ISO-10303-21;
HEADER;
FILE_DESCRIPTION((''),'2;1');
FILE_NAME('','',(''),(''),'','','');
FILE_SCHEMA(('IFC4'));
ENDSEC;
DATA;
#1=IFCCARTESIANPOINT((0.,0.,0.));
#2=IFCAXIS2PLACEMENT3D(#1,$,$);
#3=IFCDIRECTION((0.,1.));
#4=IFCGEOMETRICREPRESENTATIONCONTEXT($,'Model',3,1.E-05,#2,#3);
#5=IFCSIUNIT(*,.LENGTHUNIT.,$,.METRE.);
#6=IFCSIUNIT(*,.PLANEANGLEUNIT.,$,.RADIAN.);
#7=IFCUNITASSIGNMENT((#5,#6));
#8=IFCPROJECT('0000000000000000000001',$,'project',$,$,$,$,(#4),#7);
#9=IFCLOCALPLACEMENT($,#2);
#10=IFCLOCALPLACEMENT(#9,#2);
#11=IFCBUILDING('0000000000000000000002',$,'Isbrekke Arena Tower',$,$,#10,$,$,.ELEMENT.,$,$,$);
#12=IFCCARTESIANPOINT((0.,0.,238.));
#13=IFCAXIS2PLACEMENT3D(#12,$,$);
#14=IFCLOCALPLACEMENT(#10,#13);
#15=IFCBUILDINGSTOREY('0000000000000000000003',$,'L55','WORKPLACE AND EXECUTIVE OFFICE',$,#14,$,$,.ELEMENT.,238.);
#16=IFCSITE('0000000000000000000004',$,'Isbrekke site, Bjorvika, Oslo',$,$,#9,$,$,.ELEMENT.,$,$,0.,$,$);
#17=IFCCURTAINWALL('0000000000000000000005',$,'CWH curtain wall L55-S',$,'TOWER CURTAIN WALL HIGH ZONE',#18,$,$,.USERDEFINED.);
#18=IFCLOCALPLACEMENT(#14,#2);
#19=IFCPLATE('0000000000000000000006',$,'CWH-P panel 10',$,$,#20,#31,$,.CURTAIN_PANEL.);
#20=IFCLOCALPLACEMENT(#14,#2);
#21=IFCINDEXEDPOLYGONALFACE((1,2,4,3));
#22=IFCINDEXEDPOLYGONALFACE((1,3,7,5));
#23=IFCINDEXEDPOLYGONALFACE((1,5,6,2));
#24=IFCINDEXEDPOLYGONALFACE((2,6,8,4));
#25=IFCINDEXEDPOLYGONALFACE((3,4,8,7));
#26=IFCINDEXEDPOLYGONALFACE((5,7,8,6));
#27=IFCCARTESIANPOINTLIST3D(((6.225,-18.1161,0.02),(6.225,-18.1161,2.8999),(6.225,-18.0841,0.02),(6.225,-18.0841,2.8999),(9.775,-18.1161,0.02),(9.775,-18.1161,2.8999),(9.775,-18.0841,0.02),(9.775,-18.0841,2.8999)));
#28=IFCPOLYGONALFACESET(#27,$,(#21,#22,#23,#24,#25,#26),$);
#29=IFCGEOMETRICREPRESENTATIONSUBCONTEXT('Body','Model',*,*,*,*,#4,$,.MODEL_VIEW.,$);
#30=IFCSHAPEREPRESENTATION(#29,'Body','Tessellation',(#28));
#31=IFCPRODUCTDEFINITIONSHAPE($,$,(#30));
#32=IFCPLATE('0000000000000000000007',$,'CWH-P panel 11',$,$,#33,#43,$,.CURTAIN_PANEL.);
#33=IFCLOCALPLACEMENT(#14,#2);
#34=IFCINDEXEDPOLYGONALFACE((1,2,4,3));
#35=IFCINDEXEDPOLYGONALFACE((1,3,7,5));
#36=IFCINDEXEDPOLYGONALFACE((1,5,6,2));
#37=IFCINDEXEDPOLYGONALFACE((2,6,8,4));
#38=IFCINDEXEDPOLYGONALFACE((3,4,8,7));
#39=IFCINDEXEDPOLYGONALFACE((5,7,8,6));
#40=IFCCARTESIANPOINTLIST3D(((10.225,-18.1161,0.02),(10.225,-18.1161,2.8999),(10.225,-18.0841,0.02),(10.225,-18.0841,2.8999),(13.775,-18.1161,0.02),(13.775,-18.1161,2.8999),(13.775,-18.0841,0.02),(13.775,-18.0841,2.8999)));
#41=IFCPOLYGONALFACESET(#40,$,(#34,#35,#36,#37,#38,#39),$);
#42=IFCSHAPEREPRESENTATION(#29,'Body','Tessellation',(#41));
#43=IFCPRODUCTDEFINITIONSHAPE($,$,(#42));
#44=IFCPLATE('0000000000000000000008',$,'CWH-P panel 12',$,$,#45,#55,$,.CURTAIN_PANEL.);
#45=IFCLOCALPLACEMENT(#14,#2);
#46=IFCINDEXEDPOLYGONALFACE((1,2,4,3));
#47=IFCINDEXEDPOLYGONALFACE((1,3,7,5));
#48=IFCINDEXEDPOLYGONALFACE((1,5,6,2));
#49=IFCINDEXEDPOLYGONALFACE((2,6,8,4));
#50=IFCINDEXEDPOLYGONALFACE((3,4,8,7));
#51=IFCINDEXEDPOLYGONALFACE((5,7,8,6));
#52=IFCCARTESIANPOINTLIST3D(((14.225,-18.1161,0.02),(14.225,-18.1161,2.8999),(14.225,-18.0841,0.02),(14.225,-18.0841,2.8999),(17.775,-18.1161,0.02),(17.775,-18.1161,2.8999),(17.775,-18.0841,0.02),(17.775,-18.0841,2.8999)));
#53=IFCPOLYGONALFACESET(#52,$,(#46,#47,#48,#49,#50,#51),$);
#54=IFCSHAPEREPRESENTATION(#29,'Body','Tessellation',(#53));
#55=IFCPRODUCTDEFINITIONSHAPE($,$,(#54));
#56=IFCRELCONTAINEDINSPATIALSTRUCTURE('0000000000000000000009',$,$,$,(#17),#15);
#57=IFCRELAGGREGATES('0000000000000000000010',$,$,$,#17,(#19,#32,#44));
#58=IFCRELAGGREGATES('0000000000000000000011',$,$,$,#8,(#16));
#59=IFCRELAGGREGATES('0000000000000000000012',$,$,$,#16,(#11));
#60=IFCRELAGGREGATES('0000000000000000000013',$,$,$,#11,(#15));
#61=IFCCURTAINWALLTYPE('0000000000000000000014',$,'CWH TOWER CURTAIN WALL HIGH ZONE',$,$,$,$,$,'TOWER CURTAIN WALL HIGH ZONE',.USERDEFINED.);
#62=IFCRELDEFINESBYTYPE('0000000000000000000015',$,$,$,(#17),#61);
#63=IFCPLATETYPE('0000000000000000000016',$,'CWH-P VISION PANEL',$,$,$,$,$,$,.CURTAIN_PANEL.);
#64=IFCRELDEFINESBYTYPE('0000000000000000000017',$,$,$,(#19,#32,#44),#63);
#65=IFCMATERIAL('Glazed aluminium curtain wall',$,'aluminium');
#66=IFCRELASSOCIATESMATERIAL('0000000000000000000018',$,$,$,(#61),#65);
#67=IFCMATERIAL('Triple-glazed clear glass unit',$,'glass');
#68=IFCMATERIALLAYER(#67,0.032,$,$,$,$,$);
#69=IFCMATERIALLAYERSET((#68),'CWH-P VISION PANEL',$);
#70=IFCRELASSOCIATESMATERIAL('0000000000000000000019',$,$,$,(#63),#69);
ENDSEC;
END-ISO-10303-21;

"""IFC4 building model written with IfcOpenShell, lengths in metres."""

from ifc_helpers import new_model, si_unit, direction, frame, origin, origin_2d, place, context, subcontext, project, spatial, rectangle, extrude, material, layer, layer_set, type_object, element, aggregate, save


model = new_model("IFC4")

# Units and contexts
model_context = context("Model", 3, precision=1e-05, world=origin(), true_north=direction((0.0, 1.0)))
body_context = subcontext(model_context, "Body", "Model", "MODEL_VIEW")
ifc_project = project(units=[si_unit("LENGTHUNIT", "METRE"), si_unit("PLANEANGLEUNIT", "RADIAN")], contexts=[model_context])

# Site, building, storey
site_placement = place(None, origin())
site = spatial("IfcSite", under=ifc_project, at=site_placement, Name="Isbrekke site, Bjorvika, Oslo", CompositionType="ELEMENT", RefElevation=0.0)
building_placement = place(site_placement, origin())
building = spatial("IfcBuilding", under=site, at=building_placement, Name="Isbrekke Arena Tower", CompositionType="ELEMENT")
storey_placement = place(building_placement, frame((0.0, 0.0, 238.0)))
storey = spatial("IfcBuildingStorey", under=building, at=storey_placement, Name="L55", Description="WORKPLACE AND EXECUTIVE OFFICE", CompositionType="ELEMENT", Elevation=238.0)

# Curtain wall
ifc_material_1 = material(Name="Glazed aluminium curtain wall", Category="aluminium")
curtain_wall_type = type_object("IfcCurtainWallType", Name="CWH TOWER CURTAIN WALL HIGH ZONE", ElementType="TOWER CURTAIN WALL HIGH ZONE", PredefinedType="USERDEFINED", material=ifc_material_1)
curtain_wall_placement = place(storey_placement, origin())
curtain_wall = element("IfcCurtainWall", 1, at=curtain_wall_placement, inside=storey, type_object=curtain_wall_type, Name="CWH curtain wall L55-S", ObjectType="TOWER CURTAIN WALL HIGH ZONE", PredefinedType="USERDEFINED")

# Plates
ifc_material_2 = material(Name="Triple-glazed clear glass unit", Category="glass")
ifc_layer = layer(ifc_material_2, 0.032)
ifc_layer_set = layer_set([ifc_layer], Name="CWH-P VISION PANEL")
plate_type = type_object("IfcPlateType", Name="CWH-P VISION PANEL", PredefinedType="CURTAIN_PANEL", material=ifc_layer_set)
plate_1_placement = place(storey_placement, frame((8.0, -18.1001, 0.02), z_axis=(0.0, 0.0, 1.0), x_axis=(1.0, 0.0, 0.0)))
plate_1 = element("IfcPlate", 2, at=plate_1_placement, type_object=plate_type, Name="CWH-P panel 10", PredefinedType="CURTAIN_PANEL", context=body_context, shape_type="SweptSolid", body=[
    extrude(rectangle(XDim=3.55, YDim=0.032, at=origin_2d()), origin(), (0.0, 0.0, 1.0), 2.8799),
])
plate_2_placement = place(storey_placement, frame((12.0, -18.1001, 0.02), z_axis=(0.0, 0.0, 1.0), x_axis=(1.0, 0.0, 0.0)))
plate_2 = element("IfcPlate", 3, at=plate_2_placement, type_object=plate_type, Name="CWH-P panel 11", PredefinedType="CURTAIN_PANEL", context=body_context, shape_type="SweptSolid", body=[
    extrude(rectangle(XDim=3.55, YDim=0.032, at=origin_2d()), origin(), (0.0, 0.0, 1.0), 2.8799),
])
plate_3_placement = place(storey_placement, frame((16.0, -18.1001, 0.02), z_axis=(0.0, 0.0, 1.0), x_axis=(1.0, 0.0, 0.0)))
plate_3 = element("IfcPlate", 4, at=plate_3_placement, type_object=plate_type, Name="CWH-P panel 12", PredefinedType="CURTAIN_PANEL", context=body_context, shape_type="SweptSolid", body=[
    extrude(rectangle(XDim=3.55, YDim=0.032, at=origin_2d()), origin(), (0.0, 0.0, 1.0), 2.8799),
])
aggregate(curtain_wall, [plate_1, plate_2, plate_3])

save(model, "model.ifc")
